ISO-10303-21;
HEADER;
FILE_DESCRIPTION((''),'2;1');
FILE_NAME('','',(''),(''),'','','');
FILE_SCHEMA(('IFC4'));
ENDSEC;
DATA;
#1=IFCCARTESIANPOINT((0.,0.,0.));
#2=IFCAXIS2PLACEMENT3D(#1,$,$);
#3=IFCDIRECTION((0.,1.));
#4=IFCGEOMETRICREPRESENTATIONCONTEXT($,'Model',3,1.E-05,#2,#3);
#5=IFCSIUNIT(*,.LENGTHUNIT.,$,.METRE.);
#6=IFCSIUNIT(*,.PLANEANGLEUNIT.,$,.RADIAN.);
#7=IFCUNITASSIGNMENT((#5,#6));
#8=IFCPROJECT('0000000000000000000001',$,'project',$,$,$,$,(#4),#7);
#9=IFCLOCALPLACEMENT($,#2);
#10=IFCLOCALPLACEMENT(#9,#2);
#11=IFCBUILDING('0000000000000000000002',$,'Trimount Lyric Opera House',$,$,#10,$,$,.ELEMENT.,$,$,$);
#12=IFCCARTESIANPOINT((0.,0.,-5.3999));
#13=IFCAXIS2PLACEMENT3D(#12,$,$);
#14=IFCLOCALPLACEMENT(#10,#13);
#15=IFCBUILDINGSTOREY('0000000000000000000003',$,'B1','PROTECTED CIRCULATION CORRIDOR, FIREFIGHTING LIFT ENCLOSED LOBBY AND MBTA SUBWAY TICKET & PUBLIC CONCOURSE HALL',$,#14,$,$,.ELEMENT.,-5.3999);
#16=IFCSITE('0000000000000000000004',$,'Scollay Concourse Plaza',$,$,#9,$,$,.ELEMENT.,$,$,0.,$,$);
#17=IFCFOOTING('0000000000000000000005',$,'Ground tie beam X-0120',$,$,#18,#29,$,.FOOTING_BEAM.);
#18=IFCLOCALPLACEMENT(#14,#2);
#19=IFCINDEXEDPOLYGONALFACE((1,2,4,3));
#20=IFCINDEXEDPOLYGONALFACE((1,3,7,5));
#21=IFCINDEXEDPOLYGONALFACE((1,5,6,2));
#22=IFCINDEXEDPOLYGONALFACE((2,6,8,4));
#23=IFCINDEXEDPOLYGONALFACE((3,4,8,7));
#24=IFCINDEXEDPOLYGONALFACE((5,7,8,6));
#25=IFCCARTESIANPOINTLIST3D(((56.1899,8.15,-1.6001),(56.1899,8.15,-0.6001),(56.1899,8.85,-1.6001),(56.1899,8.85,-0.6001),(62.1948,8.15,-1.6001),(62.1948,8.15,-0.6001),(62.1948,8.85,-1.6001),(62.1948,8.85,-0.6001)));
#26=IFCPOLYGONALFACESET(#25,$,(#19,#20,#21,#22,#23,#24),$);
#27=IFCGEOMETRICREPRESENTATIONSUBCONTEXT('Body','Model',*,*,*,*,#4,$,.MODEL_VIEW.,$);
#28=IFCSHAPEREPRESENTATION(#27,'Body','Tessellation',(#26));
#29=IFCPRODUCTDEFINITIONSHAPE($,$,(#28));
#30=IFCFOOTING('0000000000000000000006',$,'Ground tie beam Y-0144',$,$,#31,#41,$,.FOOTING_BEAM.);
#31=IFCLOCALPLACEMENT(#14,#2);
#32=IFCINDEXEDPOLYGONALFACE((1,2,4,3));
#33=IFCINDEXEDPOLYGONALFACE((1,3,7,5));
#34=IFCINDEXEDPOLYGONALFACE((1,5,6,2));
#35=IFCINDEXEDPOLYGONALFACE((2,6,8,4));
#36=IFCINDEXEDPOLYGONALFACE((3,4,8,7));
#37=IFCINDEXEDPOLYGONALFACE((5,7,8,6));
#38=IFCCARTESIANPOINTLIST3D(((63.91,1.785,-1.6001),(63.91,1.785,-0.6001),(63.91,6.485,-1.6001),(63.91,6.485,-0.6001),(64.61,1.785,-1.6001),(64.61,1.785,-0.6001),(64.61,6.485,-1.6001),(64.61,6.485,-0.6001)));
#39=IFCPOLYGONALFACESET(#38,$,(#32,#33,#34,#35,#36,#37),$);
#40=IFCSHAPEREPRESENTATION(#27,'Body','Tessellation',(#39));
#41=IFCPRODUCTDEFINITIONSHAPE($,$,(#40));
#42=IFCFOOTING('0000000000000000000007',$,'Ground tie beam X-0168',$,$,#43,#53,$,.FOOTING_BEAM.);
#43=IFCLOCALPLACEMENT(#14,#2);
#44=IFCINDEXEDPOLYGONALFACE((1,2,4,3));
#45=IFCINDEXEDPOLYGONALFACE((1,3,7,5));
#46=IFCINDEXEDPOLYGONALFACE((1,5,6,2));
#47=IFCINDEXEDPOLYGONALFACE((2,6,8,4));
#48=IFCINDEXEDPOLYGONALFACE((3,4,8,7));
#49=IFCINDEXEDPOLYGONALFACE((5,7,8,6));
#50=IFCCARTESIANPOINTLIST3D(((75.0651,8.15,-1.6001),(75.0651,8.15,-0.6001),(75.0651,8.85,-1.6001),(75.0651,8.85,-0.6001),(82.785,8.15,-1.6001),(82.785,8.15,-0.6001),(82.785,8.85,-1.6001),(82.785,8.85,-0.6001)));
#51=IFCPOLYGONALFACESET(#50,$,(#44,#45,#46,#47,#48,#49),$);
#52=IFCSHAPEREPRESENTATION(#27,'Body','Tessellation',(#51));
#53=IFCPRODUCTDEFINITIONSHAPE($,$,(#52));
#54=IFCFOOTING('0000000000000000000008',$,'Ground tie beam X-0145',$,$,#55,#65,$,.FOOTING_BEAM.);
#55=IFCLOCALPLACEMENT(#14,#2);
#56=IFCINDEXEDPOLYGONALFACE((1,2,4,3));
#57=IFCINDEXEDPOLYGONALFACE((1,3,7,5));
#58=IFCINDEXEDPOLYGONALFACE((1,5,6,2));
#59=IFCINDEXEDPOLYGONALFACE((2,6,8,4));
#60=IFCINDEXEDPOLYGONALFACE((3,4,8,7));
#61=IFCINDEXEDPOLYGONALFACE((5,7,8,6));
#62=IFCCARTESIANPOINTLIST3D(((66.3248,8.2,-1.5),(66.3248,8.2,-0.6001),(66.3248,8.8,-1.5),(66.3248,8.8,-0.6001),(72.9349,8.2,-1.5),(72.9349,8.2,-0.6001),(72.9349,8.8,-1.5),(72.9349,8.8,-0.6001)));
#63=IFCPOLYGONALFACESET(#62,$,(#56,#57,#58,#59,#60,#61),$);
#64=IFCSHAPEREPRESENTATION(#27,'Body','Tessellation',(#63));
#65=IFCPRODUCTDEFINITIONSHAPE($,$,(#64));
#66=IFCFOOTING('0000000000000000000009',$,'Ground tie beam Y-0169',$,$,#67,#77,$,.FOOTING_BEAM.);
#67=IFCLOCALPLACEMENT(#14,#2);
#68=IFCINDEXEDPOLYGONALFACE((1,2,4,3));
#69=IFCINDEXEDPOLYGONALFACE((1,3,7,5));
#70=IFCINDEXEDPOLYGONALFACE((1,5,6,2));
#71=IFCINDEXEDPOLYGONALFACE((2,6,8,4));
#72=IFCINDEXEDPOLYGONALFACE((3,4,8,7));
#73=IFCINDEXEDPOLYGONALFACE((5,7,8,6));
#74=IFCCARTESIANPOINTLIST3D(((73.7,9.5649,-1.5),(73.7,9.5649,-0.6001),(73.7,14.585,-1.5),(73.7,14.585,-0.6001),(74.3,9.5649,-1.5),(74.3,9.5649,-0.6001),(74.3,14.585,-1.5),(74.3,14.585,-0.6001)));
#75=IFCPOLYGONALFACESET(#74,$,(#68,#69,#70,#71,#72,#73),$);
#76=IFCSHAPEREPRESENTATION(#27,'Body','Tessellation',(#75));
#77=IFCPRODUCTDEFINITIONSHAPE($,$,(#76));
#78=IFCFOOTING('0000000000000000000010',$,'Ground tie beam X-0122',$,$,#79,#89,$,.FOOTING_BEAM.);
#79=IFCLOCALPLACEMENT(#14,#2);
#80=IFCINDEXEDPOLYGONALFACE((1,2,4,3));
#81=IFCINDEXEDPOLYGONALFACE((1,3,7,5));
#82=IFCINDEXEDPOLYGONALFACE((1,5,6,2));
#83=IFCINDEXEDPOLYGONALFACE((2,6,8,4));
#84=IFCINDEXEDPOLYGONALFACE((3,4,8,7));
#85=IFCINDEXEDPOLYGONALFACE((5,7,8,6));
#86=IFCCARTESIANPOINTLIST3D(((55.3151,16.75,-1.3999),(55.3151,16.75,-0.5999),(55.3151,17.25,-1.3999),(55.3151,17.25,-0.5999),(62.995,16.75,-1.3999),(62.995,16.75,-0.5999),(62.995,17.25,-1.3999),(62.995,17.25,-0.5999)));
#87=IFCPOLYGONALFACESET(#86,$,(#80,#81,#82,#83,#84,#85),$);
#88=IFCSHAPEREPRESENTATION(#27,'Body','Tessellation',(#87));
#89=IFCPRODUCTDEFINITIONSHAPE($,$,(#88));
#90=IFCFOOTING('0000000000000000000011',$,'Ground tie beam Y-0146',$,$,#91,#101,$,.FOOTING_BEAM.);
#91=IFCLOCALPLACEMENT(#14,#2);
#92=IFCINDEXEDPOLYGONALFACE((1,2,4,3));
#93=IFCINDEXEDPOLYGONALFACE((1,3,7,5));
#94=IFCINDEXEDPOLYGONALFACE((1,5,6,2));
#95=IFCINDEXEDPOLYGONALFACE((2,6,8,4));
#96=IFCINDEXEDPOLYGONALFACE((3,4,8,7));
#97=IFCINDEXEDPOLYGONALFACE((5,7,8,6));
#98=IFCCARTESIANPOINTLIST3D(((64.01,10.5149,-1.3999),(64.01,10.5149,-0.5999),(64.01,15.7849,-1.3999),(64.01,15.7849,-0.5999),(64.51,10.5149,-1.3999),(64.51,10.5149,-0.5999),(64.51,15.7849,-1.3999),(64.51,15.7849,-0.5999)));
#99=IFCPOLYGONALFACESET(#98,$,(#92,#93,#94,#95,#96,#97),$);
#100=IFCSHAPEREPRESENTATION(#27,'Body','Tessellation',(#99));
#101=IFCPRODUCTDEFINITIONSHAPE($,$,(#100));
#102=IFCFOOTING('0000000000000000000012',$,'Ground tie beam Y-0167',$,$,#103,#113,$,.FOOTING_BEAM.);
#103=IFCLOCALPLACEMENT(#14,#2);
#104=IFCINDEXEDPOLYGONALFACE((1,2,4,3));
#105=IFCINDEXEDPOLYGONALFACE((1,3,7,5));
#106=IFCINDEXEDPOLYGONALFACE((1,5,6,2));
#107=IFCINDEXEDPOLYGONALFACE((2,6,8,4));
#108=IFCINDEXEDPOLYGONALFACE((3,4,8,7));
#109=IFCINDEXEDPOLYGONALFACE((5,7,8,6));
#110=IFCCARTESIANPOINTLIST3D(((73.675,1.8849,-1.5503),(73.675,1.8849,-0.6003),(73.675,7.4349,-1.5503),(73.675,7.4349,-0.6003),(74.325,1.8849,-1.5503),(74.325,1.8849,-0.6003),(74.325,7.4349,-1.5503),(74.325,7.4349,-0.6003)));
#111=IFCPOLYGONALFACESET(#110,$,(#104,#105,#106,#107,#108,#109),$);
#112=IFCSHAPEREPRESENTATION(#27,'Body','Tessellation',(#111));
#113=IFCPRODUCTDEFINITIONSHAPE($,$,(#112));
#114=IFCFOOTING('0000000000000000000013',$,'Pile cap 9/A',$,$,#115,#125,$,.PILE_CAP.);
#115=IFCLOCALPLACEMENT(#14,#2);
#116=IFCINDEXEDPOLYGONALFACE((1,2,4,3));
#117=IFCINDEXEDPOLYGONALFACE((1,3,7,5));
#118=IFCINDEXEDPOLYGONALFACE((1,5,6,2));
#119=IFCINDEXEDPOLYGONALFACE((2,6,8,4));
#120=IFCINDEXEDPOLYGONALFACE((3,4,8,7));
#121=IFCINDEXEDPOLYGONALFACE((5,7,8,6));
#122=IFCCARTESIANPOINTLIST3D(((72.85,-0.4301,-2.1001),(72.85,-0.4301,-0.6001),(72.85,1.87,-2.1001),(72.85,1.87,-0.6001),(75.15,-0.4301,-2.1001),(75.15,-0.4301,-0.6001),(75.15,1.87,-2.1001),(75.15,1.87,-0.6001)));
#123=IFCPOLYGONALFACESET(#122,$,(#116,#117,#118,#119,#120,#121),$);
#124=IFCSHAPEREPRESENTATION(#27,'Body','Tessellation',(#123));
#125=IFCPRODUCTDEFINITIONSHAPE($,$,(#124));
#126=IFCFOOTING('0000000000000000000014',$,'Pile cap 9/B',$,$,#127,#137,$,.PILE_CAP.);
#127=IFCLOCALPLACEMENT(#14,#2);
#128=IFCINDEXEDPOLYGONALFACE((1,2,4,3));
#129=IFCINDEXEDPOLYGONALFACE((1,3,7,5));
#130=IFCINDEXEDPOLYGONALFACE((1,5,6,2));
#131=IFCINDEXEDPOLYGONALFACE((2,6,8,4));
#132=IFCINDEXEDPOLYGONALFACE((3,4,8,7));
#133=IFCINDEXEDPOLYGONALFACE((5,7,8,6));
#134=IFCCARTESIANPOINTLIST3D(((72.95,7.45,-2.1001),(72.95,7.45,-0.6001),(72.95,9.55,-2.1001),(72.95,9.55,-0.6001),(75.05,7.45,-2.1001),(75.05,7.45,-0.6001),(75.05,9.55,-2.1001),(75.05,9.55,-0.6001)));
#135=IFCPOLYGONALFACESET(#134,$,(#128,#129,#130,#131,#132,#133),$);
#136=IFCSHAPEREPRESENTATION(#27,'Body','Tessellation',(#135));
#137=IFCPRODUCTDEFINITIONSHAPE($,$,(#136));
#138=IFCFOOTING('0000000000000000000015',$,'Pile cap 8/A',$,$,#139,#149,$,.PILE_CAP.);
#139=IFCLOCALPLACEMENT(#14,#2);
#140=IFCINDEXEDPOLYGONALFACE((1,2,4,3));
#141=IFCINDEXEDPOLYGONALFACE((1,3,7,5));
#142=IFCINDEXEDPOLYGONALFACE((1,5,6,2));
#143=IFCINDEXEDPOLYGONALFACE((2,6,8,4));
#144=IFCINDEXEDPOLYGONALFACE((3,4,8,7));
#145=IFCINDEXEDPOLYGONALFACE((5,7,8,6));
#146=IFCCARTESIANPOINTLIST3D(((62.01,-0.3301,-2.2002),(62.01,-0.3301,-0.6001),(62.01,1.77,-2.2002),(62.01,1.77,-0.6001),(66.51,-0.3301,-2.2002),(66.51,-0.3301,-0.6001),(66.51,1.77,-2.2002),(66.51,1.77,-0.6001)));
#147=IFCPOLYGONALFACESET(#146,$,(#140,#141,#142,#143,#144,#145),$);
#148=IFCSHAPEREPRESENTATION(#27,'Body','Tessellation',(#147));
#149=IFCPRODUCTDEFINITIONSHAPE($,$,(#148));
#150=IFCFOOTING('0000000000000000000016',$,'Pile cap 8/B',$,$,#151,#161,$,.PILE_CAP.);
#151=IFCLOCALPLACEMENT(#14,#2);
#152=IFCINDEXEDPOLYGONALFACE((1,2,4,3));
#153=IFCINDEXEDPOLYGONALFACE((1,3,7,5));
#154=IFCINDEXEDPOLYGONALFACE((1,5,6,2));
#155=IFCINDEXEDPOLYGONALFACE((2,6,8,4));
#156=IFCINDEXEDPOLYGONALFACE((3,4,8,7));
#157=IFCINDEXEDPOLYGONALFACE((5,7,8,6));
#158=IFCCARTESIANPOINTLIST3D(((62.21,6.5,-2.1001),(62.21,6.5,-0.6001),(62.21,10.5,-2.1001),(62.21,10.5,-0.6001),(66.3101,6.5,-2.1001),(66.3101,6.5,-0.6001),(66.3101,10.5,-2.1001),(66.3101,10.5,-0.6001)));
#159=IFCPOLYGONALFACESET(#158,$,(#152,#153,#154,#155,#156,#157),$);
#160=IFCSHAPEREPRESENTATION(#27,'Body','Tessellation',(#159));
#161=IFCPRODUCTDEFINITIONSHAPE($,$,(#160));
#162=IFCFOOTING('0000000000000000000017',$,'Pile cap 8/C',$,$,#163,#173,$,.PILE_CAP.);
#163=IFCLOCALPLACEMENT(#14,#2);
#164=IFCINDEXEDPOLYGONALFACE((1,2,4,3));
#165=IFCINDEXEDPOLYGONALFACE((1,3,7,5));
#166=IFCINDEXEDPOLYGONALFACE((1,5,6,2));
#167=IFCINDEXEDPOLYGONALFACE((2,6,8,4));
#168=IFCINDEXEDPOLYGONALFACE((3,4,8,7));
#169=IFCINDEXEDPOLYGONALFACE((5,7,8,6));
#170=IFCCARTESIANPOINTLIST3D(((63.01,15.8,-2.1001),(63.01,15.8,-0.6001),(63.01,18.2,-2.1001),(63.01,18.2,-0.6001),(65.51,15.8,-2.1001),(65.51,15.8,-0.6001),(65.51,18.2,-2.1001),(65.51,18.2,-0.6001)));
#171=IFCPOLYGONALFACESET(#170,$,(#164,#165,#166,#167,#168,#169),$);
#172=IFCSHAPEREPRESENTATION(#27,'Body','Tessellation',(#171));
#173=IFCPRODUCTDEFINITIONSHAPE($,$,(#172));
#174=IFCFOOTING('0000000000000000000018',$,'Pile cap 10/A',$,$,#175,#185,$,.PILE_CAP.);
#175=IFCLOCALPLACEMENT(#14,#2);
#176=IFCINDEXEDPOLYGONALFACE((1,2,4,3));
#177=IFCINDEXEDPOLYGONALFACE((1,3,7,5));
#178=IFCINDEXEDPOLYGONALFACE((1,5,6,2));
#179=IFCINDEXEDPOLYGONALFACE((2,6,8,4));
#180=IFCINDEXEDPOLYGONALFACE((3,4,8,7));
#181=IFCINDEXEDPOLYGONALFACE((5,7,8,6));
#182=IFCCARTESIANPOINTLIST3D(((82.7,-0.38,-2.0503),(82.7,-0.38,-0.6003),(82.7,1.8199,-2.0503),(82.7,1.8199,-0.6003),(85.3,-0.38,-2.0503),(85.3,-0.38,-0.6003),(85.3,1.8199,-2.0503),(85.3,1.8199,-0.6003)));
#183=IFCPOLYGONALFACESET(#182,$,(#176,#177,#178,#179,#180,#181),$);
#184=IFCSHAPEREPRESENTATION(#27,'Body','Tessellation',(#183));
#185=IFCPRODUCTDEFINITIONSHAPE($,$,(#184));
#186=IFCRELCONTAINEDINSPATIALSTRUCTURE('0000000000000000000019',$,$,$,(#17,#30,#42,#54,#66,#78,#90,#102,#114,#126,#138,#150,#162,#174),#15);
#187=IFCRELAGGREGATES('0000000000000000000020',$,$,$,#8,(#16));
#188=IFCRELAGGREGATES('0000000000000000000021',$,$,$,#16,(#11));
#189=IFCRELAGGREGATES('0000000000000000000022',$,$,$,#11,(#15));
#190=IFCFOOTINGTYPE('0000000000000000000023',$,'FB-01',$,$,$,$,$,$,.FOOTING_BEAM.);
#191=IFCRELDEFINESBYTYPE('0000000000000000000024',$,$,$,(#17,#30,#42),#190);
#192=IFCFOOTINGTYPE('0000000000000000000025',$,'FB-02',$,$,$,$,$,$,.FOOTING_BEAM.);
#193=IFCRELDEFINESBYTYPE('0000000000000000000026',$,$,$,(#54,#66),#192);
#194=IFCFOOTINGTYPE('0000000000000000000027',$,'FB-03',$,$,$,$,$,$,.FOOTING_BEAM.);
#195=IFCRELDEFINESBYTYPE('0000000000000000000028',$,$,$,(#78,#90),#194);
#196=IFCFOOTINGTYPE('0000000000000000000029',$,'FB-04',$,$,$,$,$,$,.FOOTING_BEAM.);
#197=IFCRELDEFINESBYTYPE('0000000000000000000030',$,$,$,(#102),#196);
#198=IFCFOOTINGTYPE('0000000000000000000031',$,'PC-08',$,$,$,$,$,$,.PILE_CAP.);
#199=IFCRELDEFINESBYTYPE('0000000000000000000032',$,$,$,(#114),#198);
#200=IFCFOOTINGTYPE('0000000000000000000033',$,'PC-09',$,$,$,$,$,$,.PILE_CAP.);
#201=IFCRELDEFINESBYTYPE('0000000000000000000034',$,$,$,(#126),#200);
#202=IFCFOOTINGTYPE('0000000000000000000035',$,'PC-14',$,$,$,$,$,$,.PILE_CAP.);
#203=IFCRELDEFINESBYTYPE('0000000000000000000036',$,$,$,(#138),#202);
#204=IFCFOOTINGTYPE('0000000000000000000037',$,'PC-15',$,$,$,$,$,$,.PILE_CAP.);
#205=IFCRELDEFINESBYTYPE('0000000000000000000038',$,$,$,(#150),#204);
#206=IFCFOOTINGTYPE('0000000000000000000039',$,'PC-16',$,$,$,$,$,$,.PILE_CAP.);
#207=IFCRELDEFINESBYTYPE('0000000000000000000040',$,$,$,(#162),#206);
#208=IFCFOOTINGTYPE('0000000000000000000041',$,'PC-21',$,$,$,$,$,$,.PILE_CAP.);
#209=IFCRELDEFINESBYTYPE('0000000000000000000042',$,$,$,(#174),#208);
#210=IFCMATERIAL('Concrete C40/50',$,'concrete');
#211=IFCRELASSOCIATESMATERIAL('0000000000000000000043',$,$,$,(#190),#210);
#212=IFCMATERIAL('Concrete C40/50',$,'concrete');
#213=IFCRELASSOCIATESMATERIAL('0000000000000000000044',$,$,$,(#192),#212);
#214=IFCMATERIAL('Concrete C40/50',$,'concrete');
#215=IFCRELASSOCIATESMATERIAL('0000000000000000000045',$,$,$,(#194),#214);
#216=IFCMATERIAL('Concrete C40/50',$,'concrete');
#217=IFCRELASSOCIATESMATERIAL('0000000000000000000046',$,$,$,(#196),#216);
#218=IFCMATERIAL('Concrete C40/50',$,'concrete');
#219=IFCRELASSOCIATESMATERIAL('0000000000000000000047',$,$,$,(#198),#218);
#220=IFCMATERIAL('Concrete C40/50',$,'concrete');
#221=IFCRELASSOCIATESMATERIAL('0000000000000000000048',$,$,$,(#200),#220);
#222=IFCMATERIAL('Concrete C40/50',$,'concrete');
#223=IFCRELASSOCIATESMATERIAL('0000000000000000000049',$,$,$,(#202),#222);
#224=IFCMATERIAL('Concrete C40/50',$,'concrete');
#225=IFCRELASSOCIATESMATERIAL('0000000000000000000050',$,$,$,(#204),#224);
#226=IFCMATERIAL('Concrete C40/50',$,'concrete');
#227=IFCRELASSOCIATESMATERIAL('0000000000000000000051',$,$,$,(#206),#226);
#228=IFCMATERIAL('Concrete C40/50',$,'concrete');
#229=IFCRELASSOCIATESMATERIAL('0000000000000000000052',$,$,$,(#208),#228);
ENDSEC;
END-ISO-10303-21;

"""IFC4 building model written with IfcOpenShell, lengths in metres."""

from ifc_helpers import new_model, si_unit, direction, frame, origin, origin_2d, place, context, subcontext, project, spatial, rectangle, extrude, material, type_object, element, save


model = new_model("IFC4")

# Units and contexts
model_context = context("Model", 3, precision=1e-05, world=origin(), true_north=direction((0.0, 1.0)))
body_context = subcontext(model_context, "Body", "Model", "MODEL_VIEW")
ifc_project = project(units=[si_unit("LENGTHUNIT", "METRE"), si_unit("PLANEANGLEUNIT", "RADIAN")], contexts=[model_context])

# Site, building, storey
site_placement = place(None, origin())
site = spatial("IfcSite", under=ifc_project, at=site_placement, Name="Scollay Concourse Plaza", CompositionType="ELEMENT", RefElevation=0.0)
building_placement = place(site_placement, origin())
building = spatial("IfcBuilding", under=site, at=building_placement, Name="Trimount Lyric Opera House", CompositionType="ELEMENT")
storey_placement = place(building_placement, frame((0.0, 0.0, -5.3999)))
storey = spatial("IfcBuildingStorey", under=building, at=storey_placement, Name="B1", Description="PROTECTED CIRCULATION CORRIDOR, FIREFIGHTING LIFT ENCLOSED LOBBY AND MBTA SUBWAY TICKET & PUBLIC CONCOURSE HALL", CompositionType="ELEMENT", Elevation=-5.3999)

# Footings
ifc_material_1 = material(Name="Concrete C40/50", Category="concrete")
footing_type_1 = type_object("IfcFootingType", Name="FB-01", PredefinedType="FOOTING_BEAM", material=ifc_material_1)
footing_1_placement = place(storey_placement, frame((59.1924, 8.5, -1.6001), z_axis=(0.0, 0.0, 1.0), x_axis=(1.0, 0.0, 0.0)))
element("IfcFooting", 1, at=footing_1_placement, inside=storey, type_object=footing_type_1, Name="Ground tie beam X-0120", PredefinedType="FOOTING_BEAM", context=body_context, shape_type="SweptSolid", body=[
    extrude(rectangle(XDim=6.0049, YDim=0.7, at=origin_2d()), origin(), (0.0, 0.0, 1.0), 1.0),
])
footing_2_placement = place(storey_placement, frame((64.26, 4.135, -1.6001), z_axis=(0.0, 0.0, 1.0), x_axis=(1.0, 0.0, 0.0)))
element("IfcFooting", 2, at=footing_2_placement, inside=storey, type_object=footing_type_1, Name="Ground tie beam Y-0144", PredefinedType="FOOTING_BEAM", context=body_context, shape_type="SweptSolid", body=[
    extrude(rectangle(XDim=0.7, YDim=4.7, at=origin_2d()), origin(), (0.0, 0.0, 1.0), 1.0),
])
footing_3_placement = place(storey_placement, frame((78.925, 8.5, -1.6001), z_axis=(0.0, 0.0, 1.0), x_axis=(1.0, 0.0, 0.0)))
element("IfcFooting", 3, at=footing_3_placement, inside=storey, type_object=footing_type_1, Name="Ground tie beam X-0168", PredefinedType="FOOTING_BEAM", context=body_context, shape_type="SweptSolid", body=[
    extrude(rectangle(XDim=7.72, YDim=0.7, at=origin_2d()), origin(), (0.0, 0.0, 1.0), 1.0),
])
ifc_material_2 = material(Name="Concrete C40/50", Category="concrete")
footing_type_2 = type_object("IfcFootingType", Name="FB-02", PredefinedType="FOOTING_BEAM", material=ifc_material_2)
footing_4_placement = place(storey_placement, frame((69.6299, 8.5, -1.5), z_axis=(0.0, 0.0, 1.0), x_axis=(1.0, 0.0, 0.0)))
element("IfcFooting", 4, at=footing_4_placement, inside=storey, type_object=footing_type_2, Name="Ground tie beam X-0145", PredefinedType="FOOTING_BEAM", context=body_context, shape_type="SweptSolid", body=[
    extrude(rectangle(XDim=6.6101, YDim=0.6001, at=origin_2d()), origin(), (0.0, 0.0, 1.0), 0.8999),
])
footing_5_placement = place(storey_placement, frame((74.0, 12.075, -1.5), z_axis=(0.0, 0.0, 1.0), x_axis=(1.0, 0.0, 0.0)))
element("IfcFooting", 5, at=footing_5_placement, inside=storey, type_object=footing_type_2, Name="Ground tie beam Y-0169", PredefinedType="FOOTING_BEAM", context=body_context, shape_type="SweptSolid", body=[
    extrude(rectangle(XDim=0.6001, YDim=5.02, at=origin_2d()), origin(), (0.0, 0.0, 1.0), 0.8999),
])
ifc_material_3 = material(Name="Concrete C40/50", Category="concrete")
footing_type_3 = type_object("IfcFootingType", Name="FB-03", PredefinedType="FOOTING_BEAM", material=ifc_material_3)
footing_6_placement = place(storey_placement, frame((59.155, 17.0, -1.3999), z_axis=(0.0, 0.0, 1.0), x_axis=(1.0, 0.0, 0.0)))
element("IfcFooting", 6, at=footing_6_placement, inside=storey, type_object=footing_type_3, Name="Ground tie beam X-0122", PredefinedType="FOOTING_BEAM", context=body_context, shape_type="SweptSolid", body=[
    extrude(rectangle(XDim=7.6799, YDim=0.5, at=origin_2d()), origin(), (0.0, 0.0, 1.0), 0.8),
])
footing_7_placement = place(storey_placement, frame((64.26, 13.1499, -1.3999), z_axis=(0.0, 0.0, 1.0), x_axis=(1.0, 0.0, 0.0)))
element("IfcFooting", 7, at=footing_7_placement, inside=storey, type_object=footing_type_3, Name="Ground tie beam Y-0146", PredefinedType="FOOTING_BEAM", context=body_context, shape_type="SweptSolid", body=[
    extrude(rectangle(XDim=0.5, YDim=5.27, at=origin_2d()), origin(), (0.0, 0.0, 1.0), 0.8),
])
ifc_material_4 = material(Name="Concrete C40/50", Category="concrete")
footing_type_4 = type_object("IfcFootingType", Name="FB-04", PredefinedType="FOOTING_BEAM", material=ifc_material_4)
footing_8_placement = place(storey_placement, frame((74.0, 4.6599, -1.5503), z_axis=(0.0, 0.0, 1.0), x_axis=(1.0, 0.0, 0.0)))
element("IfcFooting", 8, at=footing_8_placement, inside=storey, type_object=footing_type_4, Name="Ground tie beam Y-0167", PredefinedType="FOOTING_BEAM", context=body_context, shape_type="SweptSolid", body=[
    extrude(rectangle(XDim=0.6499, YDim=5.55, at=origin_2d()), origin(), (0.0, 0.0, 1.0), 0.95),
])
ifc_material_5 = material(Name="Concrete C40/50", Category="concrete")
footing_type_5 = type_object("IfcFootingType", Name="PC-08", PredefinedType="PILE_CAP", material=ifc_material_5)
footing_9_placement = place(storey_placement, frame((74.0, 0.72, -2.1001), z_axis=(0.0, 0.0, 1.0), x_axis=(1.0, 0.0, 0.0)))
element("IfcFooting", 9, at=footing_9_placement, inside=storey, type_object=footing_type_5, Name="Pile cap 9/A", PredefinedType="PILE_CAP", context=body_context, shape_type="SweptSolid", body=[
    extrude(rectangle(XDim=2.3, YDim=2.3, at=origin_2d()), origin(), (0.0, 0.0, 1.0), 1.5),
])
ifc_material_6 = material(Name="Concrete C40/50", Category="concrete")
footing_type_6 = type_object("IfcFootingType", Name="PC-09", PredefinedType="PILE_CAP", material=ifc_material_6)
footing_10_placement = place(storey_placement, frame((74.0, 8.5, -2.1001), z_axis=(0.0, 0.0, 1.0), x_axis=(1.0, 0.0, 0.0)))
element("IfcFooting", 10, at=footing_10_placement, inside=storey, type_object=footing_type_6, Name="Pile cap 9/B", PredefinedType="PILE_CAP", context=body_context, shape_type="SweptSolid", body=[
    extrude(rectangle(XDim=2.1001, YDim=2.1001, at=origin_2d()), origin(), (0.0, 0.0, 1.0), 1.5),
])
ifc_material_7 = material(Name="Concrete C40/50", Category="concrete")
footing_type_7 = type_object("IfcFootingType", Name="PC-14", PredefinedType="PILE_CAP", material=ifc_material_7)
footing_11_placement = place(storey_placement, frame((64.26, 0.72, -2.2002), z_axis=(0.0, 0.0, 1.0), x_axis=(1.0, 0.0, 0.0)))
element("IfcFooting", 11, at=footing_11_placement, inside=storey, type_object=footing_type_7, Name="Pile cap 8/A", PredefinedType="PILE_CAP", context=body_context, shape_type="SweptSolid", body=[
    extrude(rectangle(XDim=4.5, YDim=2.1001, at=origin_2d()), origin(), (0.0, 0.0, 1.0), 1.6001),
])
ifc_material_8 = material(Name="Concrete C40/50", Category="concrete")
footing_type_8 = type_object("IfcFootingType", Name="PC-15", PredefinedType="PILE_CAP", material=ifc_material_8)
footing_12_placement = place(storey_placement, frame((64.26, 8.5, -2.1001), z_axis=(0.0, 0.0, 1.0), x_axis=(1.0, 0.0, 0.0)))
element("IfcFooting", 12, at=footing_12_placement, inside=storey, type_object=footing_type_8, Name="Pile cap 8/B", PredefinedType="PILE_CAP", context=body_context, shape_type="SweptSolid", body=[
    extrude(rectangle(XDim=4.1001, YDim=4.0, at=origin_2d()), origin(), (0.0, 0.0, 1.0), 1.5),
])
ifc_material_9 = material(Name="Concrete C40/50", Category="concrete")
footing_type_9 = type_object("IfcFootingType", Name="PC-16", PredefinedType="PILE_CAP", material=ifc_material_9)
footing_13_placement = place(storey_placement, frame((64.26, 17.0, -2.1001), z_axis=(0.0, 0.0, 1.0), x_axis=(1.0, 0.0, 0.0)))
element("IfcFooting", 13, at=footing_13_placement, inside=storey, type_object=footing_type_9, Name="Pile cap 8/C", PredefinedType="PILE_CAP", context=body_context, shape_type="SweptSolid", body=[
    extrude(rectangle(XDim=2.5, YDim=2.3999, at=origin_2d()), origin(), (0.0, 0.0, 1.0), 1.5),
])
ifc_material_10 = material(Name="Concrete C40/50", Category="concrete")
footing_type_10 = type_object("IfcFootingType", Name="PC-21", PredefinedType="PILE_CAP", material=ifc_material_10)
footing_14_placement = place(storey_placement, frame((84.0, 0.72, -2.0503), z_axis=(0.0, 0.0, 1.0), x_axis=(1.0, 0.0, 0.0)))
element("IfcFooting", 14, at=footing_14_placement, inside=storey, type_object=footing_type_10, Name="Pile cap 10/A", PredefinedType="PILE_CAP", context=body_context, shape_type="SweptSolid", body=[
    extrude(rectangle(XDim=2.6001, YDim=2.2, at=origin_2d()), origin(), (0.0, 0.0, 1.0), 1.45),
])

save(model, "model.ifc")
